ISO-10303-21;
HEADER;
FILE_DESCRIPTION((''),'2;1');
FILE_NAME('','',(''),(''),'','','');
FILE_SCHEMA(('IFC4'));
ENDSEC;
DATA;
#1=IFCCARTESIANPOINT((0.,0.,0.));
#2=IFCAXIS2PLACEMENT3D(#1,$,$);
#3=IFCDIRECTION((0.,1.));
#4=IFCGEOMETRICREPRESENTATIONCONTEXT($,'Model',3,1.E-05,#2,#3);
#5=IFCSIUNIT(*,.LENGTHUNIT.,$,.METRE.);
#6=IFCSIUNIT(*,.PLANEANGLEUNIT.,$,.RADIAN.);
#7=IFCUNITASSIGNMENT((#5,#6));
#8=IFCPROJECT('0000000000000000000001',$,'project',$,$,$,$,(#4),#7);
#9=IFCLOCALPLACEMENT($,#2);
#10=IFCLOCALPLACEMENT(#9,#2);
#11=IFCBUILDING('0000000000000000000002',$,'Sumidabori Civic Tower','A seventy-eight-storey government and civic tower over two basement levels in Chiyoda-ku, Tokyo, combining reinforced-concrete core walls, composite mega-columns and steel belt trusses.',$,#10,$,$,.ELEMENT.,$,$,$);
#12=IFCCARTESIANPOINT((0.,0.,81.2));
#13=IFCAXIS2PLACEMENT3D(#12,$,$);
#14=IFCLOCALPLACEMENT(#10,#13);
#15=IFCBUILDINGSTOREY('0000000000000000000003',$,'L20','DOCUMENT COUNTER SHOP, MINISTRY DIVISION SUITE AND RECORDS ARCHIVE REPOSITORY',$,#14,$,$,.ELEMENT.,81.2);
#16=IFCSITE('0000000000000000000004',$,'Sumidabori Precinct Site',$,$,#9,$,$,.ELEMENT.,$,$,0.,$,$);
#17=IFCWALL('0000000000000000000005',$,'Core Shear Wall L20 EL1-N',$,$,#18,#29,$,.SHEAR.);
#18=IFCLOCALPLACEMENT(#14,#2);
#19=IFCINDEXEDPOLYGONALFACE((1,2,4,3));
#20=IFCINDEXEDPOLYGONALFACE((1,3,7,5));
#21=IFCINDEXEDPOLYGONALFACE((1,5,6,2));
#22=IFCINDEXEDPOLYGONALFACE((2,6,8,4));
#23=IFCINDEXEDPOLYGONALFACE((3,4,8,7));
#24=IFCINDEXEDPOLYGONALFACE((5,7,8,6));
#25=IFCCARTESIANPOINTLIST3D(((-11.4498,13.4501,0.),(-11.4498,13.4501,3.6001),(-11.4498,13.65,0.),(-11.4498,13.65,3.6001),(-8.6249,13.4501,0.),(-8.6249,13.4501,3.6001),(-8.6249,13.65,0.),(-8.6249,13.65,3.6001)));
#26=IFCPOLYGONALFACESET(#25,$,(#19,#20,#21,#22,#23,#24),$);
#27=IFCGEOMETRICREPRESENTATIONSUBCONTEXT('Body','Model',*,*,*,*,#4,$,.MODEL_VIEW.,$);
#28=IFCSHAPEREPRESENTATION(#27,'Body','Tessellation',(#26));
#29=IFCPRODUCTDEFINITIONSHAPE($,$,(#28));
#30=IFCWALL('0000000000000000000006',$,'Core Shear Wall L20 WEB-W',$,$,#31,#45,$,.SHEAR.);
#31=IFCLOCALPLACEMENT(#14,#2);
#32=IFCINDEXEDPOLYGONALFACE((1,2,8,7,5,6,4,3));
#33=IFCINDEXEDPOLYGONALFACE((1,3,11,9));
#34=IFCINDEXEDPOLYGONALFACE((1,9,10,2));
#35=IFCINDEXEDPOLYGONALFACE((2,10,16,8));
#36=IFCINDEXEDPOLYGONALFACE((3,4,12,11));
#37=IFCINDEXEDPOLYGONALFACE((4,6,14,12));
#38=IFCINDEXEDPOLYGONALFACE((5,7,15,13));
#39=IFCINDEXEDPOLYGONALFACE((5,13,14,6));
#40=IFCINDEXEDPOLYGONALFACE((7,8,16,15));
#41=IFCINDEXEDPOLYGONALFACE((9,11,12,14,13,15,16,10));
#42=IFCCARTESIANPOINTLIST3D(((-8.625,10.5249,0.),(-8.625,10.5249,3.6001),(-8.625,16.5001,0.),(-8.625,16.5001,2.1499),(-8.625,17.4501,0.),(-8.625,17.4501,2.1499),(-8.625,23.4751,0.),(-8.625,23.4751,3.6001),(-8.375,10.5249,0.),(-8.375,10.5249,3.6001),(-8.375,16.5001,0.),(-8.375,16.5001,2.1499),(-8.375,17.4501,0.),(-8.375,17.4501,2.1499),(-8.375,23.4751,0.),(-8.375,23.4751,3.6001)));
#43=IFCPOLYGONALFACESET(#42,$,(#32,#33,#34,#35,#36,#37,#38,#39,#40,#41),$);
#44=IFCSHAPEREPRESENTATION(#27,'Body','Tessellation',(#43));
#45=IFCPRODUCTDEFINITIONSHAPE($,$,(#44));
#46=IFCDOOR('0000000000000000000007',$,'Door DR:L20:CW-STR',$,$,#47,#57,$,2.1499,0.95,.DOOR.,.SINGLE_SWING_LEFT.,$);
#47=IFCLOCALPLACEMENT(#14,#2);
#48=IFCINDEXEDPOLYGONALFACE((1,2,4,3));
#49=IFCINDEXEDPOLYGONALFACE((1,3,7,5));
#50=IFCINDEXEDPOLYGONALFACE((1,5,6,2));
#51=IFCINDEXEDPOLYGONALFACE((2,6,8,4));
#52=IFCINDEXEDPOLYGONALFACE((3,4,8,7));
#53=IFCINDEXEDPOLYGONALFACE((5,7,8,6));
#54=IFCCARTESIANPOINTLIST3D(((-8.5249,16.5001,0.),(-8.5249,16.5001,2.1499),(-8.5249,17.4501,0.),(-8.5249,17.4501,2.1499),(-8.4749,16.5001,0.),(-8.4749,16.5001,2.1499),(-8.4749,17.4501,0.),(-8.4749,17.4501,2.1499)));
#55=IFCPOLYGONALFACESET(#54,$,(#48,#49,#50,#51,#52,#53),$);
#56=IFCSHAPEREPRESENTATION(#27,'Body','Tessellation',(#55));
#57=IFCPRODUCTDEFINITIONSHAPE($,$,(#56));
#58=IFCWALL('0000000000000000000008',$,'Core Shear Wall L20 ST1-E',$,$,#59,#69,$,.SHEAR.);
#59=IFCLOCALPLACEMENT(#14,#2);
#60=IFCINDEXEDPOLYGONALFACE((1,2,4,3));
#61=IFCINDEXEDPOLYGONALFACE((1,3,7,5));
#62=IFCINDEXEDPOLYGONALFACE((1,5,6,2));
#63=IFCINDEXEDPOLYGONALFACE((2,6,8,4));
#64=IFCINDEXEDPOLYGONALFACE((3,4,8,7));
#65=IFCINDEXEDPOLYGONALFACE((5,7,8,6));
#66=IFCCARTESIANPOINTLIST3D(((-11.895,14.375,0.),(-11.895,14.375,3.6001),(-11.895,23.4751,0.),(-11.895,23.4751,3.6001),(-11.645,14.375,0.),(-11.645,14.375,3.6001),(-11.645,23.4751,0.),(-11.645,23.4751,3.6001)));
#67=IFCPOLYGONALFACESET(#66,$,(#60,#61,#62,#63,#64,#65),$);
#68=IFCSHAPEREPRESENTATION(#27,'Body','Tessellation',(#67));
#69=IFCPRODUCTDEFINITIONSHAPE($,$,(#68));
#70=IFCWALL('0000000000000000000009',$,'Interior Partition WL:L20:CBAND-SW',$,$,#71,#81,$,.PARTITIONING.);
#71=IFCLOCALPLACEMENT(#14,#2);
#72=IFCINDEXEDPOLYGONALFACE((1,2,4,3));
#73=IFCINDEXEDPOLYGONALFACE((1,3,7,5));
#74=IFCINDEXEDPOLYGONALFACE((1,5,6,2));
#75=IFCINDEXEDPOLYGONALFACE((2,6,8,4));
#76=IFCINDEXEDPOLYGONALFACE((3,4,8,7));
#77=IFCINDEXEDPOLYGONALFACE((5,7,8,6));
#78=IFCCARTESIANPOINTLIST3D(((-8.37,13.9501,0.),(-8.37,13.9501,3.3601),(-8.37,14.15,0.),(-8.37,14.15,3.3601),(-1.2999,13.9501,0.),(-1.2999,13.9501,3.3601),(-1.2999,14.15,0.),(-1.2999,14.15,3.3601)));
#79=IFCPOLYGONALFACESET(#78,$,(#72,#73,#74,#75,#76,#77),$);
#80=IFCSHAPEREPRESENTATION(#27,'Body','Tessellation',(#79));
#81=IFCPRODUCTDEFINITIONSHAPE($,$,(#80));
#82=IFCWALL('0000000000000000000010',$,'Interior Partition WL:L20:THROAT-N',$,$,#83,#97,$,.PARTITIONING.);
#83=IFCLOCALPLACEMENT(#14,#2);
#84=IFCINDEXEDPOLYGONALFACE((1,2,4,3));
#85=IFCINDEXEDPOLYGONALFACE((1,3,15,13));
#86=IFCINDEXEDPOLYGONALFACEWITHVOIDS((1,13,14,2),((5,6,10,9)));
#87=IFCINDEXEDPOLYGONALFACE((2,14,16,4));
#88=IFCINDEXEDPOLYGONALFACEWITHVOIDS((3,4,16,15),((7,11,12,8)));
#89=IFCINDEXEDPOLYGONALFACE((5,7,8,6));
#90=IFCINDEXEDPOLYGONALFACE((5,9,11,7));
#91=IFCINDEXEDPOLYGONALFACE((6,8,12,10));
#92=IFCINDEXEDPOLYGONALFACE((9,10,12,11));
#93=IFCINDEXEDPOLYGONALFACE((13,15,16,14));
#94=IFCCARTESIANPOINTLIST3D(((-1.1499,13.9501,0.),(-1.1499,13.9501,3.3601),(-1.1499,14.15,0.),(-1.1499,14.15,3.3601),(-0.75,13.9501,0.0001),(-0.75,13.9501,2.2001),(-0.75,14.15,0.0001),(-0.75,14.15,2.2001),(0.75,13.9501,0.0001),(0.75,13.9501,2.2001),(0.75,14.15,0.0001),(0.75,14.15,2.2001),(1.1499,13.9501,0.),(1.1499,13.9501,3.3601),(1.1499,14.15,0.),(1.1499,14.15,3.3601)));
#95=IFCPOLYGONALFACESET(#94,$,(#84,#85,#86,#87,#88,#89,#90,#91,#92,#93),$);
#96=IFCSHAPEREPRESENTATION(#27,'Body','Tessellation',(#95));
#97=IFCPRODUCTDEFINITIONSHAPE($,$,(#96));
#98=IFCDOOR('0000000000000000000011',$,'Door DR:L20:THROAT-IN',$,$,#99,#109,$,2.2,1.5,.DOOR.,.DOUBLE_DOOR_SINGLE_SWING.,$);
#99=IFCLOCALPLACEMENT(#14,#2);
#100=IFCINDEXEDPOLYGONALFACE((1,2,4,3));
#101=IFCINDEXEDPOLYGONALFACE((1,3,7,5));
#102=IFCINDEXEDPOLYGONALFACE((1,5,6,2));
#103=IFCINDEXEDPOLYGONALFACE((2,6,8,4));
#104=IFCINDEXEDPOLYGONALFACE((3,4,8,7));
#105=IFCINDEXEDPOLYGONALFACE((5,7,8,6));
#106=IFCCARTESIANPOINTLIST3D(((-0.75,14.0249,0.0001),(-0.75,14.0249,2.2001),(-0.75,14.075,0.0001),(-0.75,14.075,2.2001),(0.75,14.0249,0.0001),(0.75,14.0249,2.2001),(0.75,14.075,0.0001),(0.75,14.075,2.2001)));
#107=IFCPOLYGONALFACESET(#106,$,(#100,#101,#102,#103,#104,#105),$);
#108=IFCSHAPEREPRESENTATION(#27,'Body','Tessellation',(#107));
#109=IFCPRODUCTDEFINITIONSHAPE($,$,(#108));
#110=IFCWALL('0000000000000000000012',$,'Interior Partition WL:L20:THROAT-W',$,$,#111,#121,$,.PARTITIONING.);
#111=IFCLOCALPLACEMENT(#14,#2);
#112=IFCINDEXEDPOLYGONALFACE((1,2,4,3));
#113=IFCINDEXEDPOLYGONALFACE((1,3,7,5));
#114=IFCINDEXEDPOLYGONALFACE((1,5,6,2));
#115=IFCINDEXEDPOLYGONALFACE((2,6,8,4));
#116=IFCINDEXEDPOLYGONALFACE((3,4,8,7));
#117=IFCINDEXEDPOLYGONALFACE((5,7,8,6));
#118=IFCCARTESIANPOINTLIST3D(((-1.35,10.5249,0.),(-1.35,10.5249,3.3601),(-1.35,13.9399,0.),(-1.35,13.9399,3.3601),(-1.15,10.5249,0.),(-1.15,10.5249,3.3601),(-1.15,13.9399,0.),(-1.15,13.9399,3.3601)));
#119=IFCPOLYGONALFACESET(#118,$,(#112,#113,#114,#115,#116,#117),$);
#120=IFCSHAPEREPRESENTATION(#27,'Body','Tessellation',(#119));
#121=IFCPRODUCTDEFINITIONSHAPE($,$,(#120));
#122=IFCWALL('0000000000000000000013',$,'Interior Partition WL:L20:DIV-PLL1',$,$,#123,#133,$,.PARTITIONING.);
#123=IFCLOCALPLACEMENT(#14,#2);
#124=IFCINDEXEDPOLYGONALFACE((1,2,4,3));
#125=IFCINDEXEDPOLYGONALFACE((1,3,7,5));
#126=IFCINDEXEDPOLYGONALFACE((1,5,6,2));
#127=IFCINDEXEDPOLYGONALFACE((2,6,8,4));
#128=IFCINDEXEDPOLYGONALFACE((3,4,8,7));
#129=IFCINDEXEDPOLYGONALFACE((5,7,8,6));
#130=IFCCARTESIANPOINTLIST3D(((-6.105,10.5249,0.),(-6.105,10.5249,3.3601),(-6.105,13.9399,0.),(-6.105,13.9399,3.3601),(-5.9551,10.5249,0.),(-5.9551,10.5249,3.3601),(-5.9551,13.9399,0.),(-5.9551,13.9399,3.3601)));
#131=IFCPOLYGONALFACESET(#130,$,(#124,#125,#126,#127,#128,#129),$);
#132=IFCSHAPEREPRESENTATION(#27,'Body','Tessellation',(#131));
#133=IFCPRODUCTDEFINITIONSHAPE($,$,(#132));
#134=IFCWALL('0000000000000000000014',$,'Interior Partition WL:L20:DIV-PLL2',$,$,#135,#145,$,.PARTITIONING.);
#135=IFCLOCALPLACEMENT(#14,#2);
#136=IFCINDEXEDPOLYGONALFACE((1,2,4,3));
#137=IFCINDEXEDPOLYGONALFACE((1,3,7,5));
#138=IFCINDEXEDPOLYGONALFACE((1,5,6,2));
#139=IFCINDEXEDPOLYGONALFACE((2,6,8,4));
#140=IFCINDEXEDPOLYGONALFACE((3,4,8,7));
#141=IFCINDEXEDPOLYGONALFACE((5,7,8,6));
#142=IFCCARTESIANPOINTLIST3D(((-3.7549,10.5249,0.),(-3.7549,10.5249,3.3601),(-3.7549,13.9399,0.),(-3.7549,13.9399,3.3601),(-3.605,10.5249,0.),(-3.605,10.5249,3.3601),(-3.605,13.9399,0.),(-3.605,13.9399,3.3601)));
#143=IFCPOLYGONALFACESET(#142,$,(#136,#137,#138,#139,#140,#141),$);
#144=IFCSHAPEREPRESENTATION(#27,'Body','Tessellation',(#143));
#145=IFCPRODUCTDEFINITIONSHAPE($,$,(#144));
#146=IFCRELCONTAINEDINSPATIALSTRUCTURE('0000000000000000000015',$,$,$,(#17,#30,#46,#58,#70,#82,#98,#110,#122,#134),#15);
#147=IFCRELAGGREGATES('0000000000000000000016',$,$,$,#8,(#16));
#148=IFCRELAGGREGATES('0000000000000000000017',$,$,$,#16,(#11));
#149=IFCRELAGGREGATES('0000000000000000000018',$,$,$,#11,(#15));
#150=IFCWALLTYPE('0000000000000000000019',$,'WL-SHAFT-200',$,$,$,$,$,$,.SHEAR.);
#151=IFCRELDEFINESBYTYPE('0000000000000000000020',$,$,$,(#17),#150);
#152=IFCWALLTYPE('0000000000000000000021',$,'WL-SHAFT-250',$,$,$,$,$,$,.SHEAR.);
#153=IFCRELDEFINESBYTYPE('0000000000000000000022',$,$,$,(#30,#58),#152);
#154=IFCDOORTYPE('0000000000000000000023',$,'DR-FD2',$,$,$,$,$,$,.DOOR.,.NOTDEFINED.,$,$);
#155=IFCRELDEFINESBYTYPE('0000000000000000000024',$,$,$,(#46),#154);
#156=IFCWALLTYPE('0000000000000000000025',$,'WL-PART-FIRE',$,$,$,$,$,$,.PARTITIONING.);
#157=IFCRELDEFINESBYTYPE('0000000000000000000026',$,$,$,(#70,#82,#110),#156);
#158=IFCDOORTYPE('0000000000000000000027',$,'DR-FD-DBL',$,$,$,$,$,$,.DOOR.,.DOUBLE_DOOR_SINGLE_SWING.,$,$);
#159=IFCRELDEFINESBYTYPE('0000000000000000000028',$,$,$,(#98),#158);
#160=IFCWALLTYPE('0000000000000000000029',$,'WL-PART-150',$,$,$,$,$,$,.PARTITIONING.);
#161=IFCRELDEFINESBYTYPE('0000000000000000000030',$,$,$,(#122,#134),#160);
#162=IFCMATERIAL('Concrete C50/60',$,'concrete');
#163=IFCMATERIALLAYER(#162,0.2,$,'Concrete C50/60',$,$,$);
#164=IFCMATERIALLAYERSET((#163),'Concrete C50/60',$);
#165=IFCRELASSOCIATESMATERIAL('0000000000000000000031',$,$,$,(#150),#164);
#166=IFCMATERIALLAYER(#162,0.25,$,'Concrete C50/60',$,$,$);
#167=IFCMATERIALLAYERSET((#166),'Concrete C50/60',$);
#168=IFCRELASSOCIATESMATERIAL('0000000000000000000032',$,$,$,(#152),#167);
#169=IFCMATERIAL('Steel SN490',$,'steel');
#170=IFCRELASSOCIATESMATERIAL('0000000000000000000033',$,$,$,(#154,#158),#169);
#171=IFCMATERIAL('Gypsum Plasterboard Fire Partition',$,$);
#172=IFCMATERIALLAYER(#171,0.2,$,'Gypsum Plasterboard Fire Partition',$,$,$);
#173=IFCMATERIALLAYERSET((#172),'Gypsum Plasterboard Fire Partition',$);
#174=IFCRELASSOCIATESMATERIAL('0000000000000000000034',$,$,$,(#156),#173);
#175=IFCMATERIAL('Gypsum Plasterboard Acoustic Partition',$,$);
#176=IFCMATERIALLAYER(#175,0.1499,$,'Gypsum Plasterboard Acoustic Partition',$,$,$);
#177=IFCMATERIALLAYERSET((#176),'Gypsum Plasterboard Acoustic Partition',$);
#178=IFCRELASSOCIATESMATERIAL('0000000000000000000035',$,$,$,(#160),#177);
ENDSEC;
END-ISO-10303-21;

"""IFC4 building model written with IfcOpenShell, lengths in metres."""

from ifc_helpers import new_model, si_unit, direction, frame, frame_2d, origin, place, context, subcontext, project, spatial, rectangle, extrude, source, transform, mapped, material, layer, layer_set, type_object, element, fill, save


model = new_model("IFC4")

# Units and contexts
model_context = context("Model", 3, precision=1e-05, world=origin(), true_north=direction((0.0, 1.0)))
body_context = subcontext(model_context, "Body", "Model", "MODEL_VIEW")
ifc_project = project(units=[si_unit("LENGTHUNIT", "METRE"), si_unit("PLANEANGLEUNIT", "RADIAN")], contexts=[model_context])

# Site, building, storey
site_placement = place(None, origin())
site = spatial("IfcSite", under=ifc_project, at=site_placement, Name="Sumidabori Precinct Site", CompositionType="ELEMENT", RefElevation=0.0)
building_placement = place(site_placement, origin())
building = spatial("IfcBuilding", under=site, at=building_placement, Name="Sumidabori Civic Tower", Description="A seventy-eight-storey government and civic tower over two basement levels in Chiyoda-ku, Tokyo, combining reinforced-concrete core walls, composite mega-columns and steel belt trusses.", CompositionType="ELEMENT")
storey_placement = place(building_placement, frame((0.0, 0.0, 81.2)))
storey = spatial("IfcBuildingStorey", under=building, at=storey_placement, Name="L20", Description="DOCUMENT COUNTER SHOP, MINISTRY DIVISION SUITE AND RECORDS ARCHIVE REPOSITORY", CompositionType="ELEMENT", Elevation=81.2)

# Shared definitions
ifc_material_1 = material(Name="Concrete C50/60", Category="concrete")

# Shared definitions
ifc_material_2 = material(Name="Steel SN490", Category="steel")

# Wall
ifc_layer_1 = layer(ifc_material_1, 0.2, Name="Concrete C50/60")
ifc_layer_set_1 = layer_set([ifc_layer_1], Name="Concrete C50/60")
wall_type_1 = type_object("IfcWallType", Name="WL-SHAFT-200", PredefinedType="SHEAR", material=ifc_layer_set_1)
shared_shape_1 = source(origin(), body_context, "Body", "SweptSolid", [
    extrude(rectangle(XDim=2.825, YDim=0.2, at=frame_2d((1.4126, 0.0))), origin(), (0.0, 0.0, 1.0), 3.6001),
])
wall_1_placement = place(storey_placement, frame((-11.45, 13.55, 0.0), z_axis=(0.0, 0.0, 1.0), x_axis=(1.0, 0.0, 0.0)))
element("IfcWall", 1, at=wall_1_placement, inside=storey, type_object=wall_type_1, Name="Core Shear Wall L20 EL1-N", PredefinedType="SHEAR", context=body_context, shape_type="MappedRepresentation", body=[
    mapped(shared_shape_1, transform((0.0, 0.0, 0.0), x_axis=(1.0, 0.0, 0.0), y_axis=(0.0, 1.0, 0.0), z_axis=(0.0, 0.0, 1.0), scale=1.0)),
])

# Wall, opening, door
ifc_layer_2 = layer(ifc_material_1, 0.25, Name="Concrete C50/60")
ifc_layer_set_2 = layer_set([ifc_layer_2], Name="Concrete C50/60")
wall_type_2 = type_object("IfcWallType", Name="WL-SHAFT-250", PredefinedType="SHEAR", material=ifc_layer_set_2)
shared_shape_2 = source(origin(), body_context, "Body", "SweptSolid", [
    extrude(rectangle(XDim=12.9502, YDim=0.25, at=frame_2d((6.4751, 0.0))), origin(), (0.0, 0.0, 1.0), 3.6001),
])
wall_2_placement = place(storey_placement, frame((-8.5, 10.5249, 0.0), z_axis=(0.0, 0.0, 1.0), x_axis=(0.0, 1.0, 0.0)))
wall_2 = element("IfcWall", 2, at=wall_2_placement, inside=storey, type_object=wall_type_2, Name="Core Shear Wall L20 WEB-W", PredefinedType="SHEAR", context=body_context, shape_type="MappedRepresentation", body=[
    mapped(shared_shape_2, transform((0.0, 0.0, 0.0), x_axis=(1.0, 0.0, 0.0), y_axis=(0.0, 1.0, 0.0), z_axis=(0.0, 0.0, 1.0), scale=1.0)),
])
opening_1_placement = place(wall_2_placement, frame((5.9751, 0.0, 0.0)))
opening_1 = element("IfcOpeningElement", 3, at=opening_1_placement, cuts=wall_2, PredefinedType="OPENING", context=body_context, shape_type="SweptSolid", body=[
    extrude(rectangle(XDim=0.95, YDim=2.1499, at=frame_2d((0.4751, 1.075))), frame((0.0, 0.137, 0.0), z_axis=(0.0, -1.0, 0.0), x_axis=(1.0, 0.0, 0.0)), (0.0, 0.0, 1.0), 0.2739),
])
door_type_1 = type_object("IfcDoorType", Name="DR-FD2", OperationType="NOTDEFINED", PredefinedType="DOOR", material=ifc_material_2)
shared_shape_3 = source(origin(), body_context, "Body", "SweptSolid", [
    extrude(rectangle(XDim=0.95, YDim=2.1499, at=frame_2d((0.4751, 1.075))), frame((0.0, 0.0249, 0.0), z_axis=(0.0, -1.0, 0.0), x_axis=(1.0, 0.0, 0.0)), (0.0, 0.0, 1.0), 0.05),
])
door_1_placement = place(opening_1_placement, origin())
door_1 = element("IfcDoor", 4, at=door_1_placement, inside=storey, type_object=door_type_1, Name="Door DR:L20:CW-STR", OperationType="SINGLE_SWING_LEFT", OverallHeight=2.1499, OverallWidth=0.95, PredefinedType="DOOR", context=body_context, shape_type="MappedRepresentation", body=[
    mapped(shared_shape_3, transform((0.0, 0.0, 0.0), x_axis=(1.0, 0.0, 0.0), y_axis=(0.0, 1.0, 0.0), z_axis=(0.0, 0.0, 1.0), scale=1.0)),
])
fill(opening_1, door_1)

# Wall
shared_shape_4 = source(origin(), body_context, "Body", "SweptSolid", [
    extrude(rectangle(XDim=9.1001, YDim=0.25, at=frame_2d((4.55, 0.0))), origin(), (0.0, 0.0, 1.0), 3.6001),
])
wall_3_placement = place(storey_placement, frame((-11.77, 14.375, 0.0), z_axis=(0.0, 0.0, 1.0), x_axis=(0.0, 1.0, 0.0)))
element("IfcWall", 5, at=wall_3_placement, inside=storey, type_object=wall_type_2, Name="Core Shear Wall L20 ST1-E", PredefinedType="SHEAR", context=body_context, shape_type="MappedRepresentation", body=[
    mapped(shared_shape_4, transform((0.0, 0.0, 0.0), x_axis=(1.0, 0.0, 0.0), y_axis=(0.0, 1.0, 0.0), z_axis=(0.0, 0.0, 1.0), scale=1.0)),
])

# Wall
ifc_material_3 = material(Name="Gypsum Plasterboard Fire Partition")
ifc_layer_3 = layer(ifc_material_3, 0.2, Name="Gypsum Plasterboard Fire Partition")
ifc_layer_set_3 = layer_set([ifc_layer_3], Name="Gypsum Plasterboard Fire Partition")
wall_type_3 = type_object("IfcWallType", Name="WL-PART-FIRE", PredefinedType="PARTITIONING", material=ifc_layer_set_3)
shared_shape_5 = source(origin(), body_context, "Body", "SweptSolid", [
    extrude(rectangle(XDim=7.0701, YDim=0.2, at=frame_2d((3.5352, 0.0))), origin(), (0.0, 0.0, 1.0), 3.3601),
])
wall_4_placement = place(storey_placement, frame((-8.3701, 14.05, 0.0), z_axis=(0.0, 0.0, 1.0), x_axis=(1.0, 0.0, 0.0)))
element("IfcWall", 6, at=wall_4_placement, inside=storey, type_object=wall_type_3, Name="Interior Partition WL:L20:CBAND-SW", PredefinedType="PARTITIONING", context=body_context, shape_type="MappedRepresentation", body=[
    mapped(shared_shape_5, transform((0.0, 0.0, 0.0), x_axis=(1.0, 0.0, 0.0), y_axis=(0.0, 1.0, 0.0), z_axis=(0.0, 0.0, 1.0), scale=1.0)),
])

# Wall, opening, door
shared_shape_6 = source(origin(), body_context, "Body", "SweptSolid", [
    extrude(rectangle(XDim=2.2998, YDim=0.2, at=frame_2d((1.1499, 0.0))), origin(), (0.0, 0.0, 1.0), 3.3601),
])
wall_5_placement = place(storey_placement, frame((-1.1499, 14.05, 0.0), z_axis=(0.0, 0.0, 1.0), x_axis=(1.0, 0.0, 0.0)))
wall_5 = element("IfcWall", 7, at=wall_5_placement, inside=storey, type_object=wall_type_3, Name="Interior Partition WL:L20:THROAT-N", PredefinedType="PARTITIONING", context=body_context, shape_type="MappedRepresentation", body=[
    mapped(shared_shape_6, transform((0.0, 0.0, 0.0), x_axis=(1.0, 0.0, 0.0), y_axis=(0.0, 1.0, 0.0), z_axis=(0.0, 0.0, 1.0), scale=1.0)),
])
opening_2_placement = place(wall_5_placement, frame((0.3999, 0.0, 0.0)))
opening_2 = element("IfcOpeningElement", 8, at=opening_2_placement, cuts=wall_5, PredefinedType="OPENING", context=body_context, shape_type="SweptSolid", body=[
    extrude(rectangle(XDim=1.5, YDim=2.2, at=frame_2d((0.75, 1.1001))), frame((0.0, 0.1118, 0.0), z_axis=(0.0, -1.0, 0.0), x_axis=(1.0, 0.0, 0.0)), (0.0, 0.0, 1.0), 0.2239),
])
door_type_2 = type_object("IfcDoorType", Name="DR-FD-DBL", OperationType="DOUBLE_DOOR_SINGLE_SWING", PredefinedType="DOOR", material=ifc_material_2)
shared_shape_7 = source(origin(), body_context, "Body", "SweptSolid", [
    extrude(rectangle(XDim=1.5, YDim=2.2, at=frame_2d((0.75, 1.1001))), frame((0.0, 0.0249, 0.0), z_axis=(0.0, -1.0, 0.0), x_axis=(1.0, 0.0, 0.0)), (0.0, 0.0, 1.0), 0.05),
])
door_2_placement = place(opening_2_placement, origin())
door_2 = element("IfcDoor", 9, at=door_2_placement, inside=storey, type_object=door_type_2, Name="Door DR:L20:THROAT-IN", OperationType="DOUBLE_DOOR_SINGLE_SWING", OverallHeight=2.2, OverallWidth=1.5, PredefinedType="DOOR", context=body_context, shape_type="MappedRepresentation", body=[
    mapped(shared_shape_7, transform((0.0, 0.0, 0.0), x_axis=(1.0, 0.0, 0.0), y_axis=(0.0, 1.0, 0.0), z_axis=(0.0, 0.0, 1.0), scale=1.0)),
])
fill(opening_2, door_2)

# Walls
shared_shape_8 = source(origin(), body_context, "Body", "SweptSolid", [
    extrude(rectangle(XDim=3.415, YDim=0.2, at=frame_2d((1.7075, 0.0))), origin(), (0.0, 0.0, 1.0), 3.3601),
])
wall_6_placement = place(storey_placement, frame((-1.25, 10.5249, 0.0), z_axis=(0.0, 0.0, 1.0), x_axis=(0.0, 1.0, 0.0)))
element("IfcWall", 10, at=wall_6_placement, inside=storey, type_object=wall_type_3, Name="Interior Partition WL:L20:THROAT-W", PredefinedType="PARTITIONING", context=body_context, shape_type="MappedRepresentation", body=[
    mapped(shared_shape_8, transform((0.0, 0.0, 0.0), x_axis=(1.0, 0.0, 0.0), y_axis=(0.0, 1.0, 0.0), z_axis=(0.0, 0.0, 1.0), scale=1.0)),
])
ifc_material_4 = material(Name="Gypsum Plasterboard Acoustic Partition")
ifc_layer_4 = layer(ifc_material_4, 0.1499, Name="Gypsum Plasterboard Acoustic Partition")
ifc_layer_set_4 = layer_set([ifc_layer_4], Name="Gypsum Plasterboard Acoustic Partition")
wall_type_4 = type_object("IfcWallType", Name="WL-PART-150", PredefinedType="PARTITIONING", material=ifc_layer_set_4)
shared_shape_9 = source(origin(), body_context, "Body", "SweptSolid", [
    extrude(rectangle(XDim=3.415, YDim=0.1499, at=frame_2d((1.7075, 0.0))), origin(), (0.0, 0.0, 1.0), 3.3601),
])
for number, where, z_axis, x_axis, name in (
    (11, (-6.03, 10.5249, 0.0), (0.0, 0.0, 1.0), (0.0, 1.0, 0.0), "Interior Partition WL:L20:DIV-PLL1"),
    (12, (-3.6799, 10.5249, 0.0), (0.0, 0.0, 1.0), (0.0, 1.0, 0.0), "Interior Partition WL:L20:DIV-PLL2"),
):
    element("IfcWall", number, at=place(storey_placement, frame(where, z_axis=z_axis, x_axis=x_axis)), inside=storey, type_object=wall_type_4, Name=name, PredefinedType="PARTITIONING", context=body_context, shape_type="MappedRepresentation", body=[
        mapped(shared_shape_9, transform((0.0, 0.0, 0.0), x_axis=(1.0, 0.0, 0.0), y_axis=(0.0, 1.0, 0.0), z_axis=(0.0, 0.0, 1.0), scale=1.0)),
    ])

save(model, "model.ifc")
